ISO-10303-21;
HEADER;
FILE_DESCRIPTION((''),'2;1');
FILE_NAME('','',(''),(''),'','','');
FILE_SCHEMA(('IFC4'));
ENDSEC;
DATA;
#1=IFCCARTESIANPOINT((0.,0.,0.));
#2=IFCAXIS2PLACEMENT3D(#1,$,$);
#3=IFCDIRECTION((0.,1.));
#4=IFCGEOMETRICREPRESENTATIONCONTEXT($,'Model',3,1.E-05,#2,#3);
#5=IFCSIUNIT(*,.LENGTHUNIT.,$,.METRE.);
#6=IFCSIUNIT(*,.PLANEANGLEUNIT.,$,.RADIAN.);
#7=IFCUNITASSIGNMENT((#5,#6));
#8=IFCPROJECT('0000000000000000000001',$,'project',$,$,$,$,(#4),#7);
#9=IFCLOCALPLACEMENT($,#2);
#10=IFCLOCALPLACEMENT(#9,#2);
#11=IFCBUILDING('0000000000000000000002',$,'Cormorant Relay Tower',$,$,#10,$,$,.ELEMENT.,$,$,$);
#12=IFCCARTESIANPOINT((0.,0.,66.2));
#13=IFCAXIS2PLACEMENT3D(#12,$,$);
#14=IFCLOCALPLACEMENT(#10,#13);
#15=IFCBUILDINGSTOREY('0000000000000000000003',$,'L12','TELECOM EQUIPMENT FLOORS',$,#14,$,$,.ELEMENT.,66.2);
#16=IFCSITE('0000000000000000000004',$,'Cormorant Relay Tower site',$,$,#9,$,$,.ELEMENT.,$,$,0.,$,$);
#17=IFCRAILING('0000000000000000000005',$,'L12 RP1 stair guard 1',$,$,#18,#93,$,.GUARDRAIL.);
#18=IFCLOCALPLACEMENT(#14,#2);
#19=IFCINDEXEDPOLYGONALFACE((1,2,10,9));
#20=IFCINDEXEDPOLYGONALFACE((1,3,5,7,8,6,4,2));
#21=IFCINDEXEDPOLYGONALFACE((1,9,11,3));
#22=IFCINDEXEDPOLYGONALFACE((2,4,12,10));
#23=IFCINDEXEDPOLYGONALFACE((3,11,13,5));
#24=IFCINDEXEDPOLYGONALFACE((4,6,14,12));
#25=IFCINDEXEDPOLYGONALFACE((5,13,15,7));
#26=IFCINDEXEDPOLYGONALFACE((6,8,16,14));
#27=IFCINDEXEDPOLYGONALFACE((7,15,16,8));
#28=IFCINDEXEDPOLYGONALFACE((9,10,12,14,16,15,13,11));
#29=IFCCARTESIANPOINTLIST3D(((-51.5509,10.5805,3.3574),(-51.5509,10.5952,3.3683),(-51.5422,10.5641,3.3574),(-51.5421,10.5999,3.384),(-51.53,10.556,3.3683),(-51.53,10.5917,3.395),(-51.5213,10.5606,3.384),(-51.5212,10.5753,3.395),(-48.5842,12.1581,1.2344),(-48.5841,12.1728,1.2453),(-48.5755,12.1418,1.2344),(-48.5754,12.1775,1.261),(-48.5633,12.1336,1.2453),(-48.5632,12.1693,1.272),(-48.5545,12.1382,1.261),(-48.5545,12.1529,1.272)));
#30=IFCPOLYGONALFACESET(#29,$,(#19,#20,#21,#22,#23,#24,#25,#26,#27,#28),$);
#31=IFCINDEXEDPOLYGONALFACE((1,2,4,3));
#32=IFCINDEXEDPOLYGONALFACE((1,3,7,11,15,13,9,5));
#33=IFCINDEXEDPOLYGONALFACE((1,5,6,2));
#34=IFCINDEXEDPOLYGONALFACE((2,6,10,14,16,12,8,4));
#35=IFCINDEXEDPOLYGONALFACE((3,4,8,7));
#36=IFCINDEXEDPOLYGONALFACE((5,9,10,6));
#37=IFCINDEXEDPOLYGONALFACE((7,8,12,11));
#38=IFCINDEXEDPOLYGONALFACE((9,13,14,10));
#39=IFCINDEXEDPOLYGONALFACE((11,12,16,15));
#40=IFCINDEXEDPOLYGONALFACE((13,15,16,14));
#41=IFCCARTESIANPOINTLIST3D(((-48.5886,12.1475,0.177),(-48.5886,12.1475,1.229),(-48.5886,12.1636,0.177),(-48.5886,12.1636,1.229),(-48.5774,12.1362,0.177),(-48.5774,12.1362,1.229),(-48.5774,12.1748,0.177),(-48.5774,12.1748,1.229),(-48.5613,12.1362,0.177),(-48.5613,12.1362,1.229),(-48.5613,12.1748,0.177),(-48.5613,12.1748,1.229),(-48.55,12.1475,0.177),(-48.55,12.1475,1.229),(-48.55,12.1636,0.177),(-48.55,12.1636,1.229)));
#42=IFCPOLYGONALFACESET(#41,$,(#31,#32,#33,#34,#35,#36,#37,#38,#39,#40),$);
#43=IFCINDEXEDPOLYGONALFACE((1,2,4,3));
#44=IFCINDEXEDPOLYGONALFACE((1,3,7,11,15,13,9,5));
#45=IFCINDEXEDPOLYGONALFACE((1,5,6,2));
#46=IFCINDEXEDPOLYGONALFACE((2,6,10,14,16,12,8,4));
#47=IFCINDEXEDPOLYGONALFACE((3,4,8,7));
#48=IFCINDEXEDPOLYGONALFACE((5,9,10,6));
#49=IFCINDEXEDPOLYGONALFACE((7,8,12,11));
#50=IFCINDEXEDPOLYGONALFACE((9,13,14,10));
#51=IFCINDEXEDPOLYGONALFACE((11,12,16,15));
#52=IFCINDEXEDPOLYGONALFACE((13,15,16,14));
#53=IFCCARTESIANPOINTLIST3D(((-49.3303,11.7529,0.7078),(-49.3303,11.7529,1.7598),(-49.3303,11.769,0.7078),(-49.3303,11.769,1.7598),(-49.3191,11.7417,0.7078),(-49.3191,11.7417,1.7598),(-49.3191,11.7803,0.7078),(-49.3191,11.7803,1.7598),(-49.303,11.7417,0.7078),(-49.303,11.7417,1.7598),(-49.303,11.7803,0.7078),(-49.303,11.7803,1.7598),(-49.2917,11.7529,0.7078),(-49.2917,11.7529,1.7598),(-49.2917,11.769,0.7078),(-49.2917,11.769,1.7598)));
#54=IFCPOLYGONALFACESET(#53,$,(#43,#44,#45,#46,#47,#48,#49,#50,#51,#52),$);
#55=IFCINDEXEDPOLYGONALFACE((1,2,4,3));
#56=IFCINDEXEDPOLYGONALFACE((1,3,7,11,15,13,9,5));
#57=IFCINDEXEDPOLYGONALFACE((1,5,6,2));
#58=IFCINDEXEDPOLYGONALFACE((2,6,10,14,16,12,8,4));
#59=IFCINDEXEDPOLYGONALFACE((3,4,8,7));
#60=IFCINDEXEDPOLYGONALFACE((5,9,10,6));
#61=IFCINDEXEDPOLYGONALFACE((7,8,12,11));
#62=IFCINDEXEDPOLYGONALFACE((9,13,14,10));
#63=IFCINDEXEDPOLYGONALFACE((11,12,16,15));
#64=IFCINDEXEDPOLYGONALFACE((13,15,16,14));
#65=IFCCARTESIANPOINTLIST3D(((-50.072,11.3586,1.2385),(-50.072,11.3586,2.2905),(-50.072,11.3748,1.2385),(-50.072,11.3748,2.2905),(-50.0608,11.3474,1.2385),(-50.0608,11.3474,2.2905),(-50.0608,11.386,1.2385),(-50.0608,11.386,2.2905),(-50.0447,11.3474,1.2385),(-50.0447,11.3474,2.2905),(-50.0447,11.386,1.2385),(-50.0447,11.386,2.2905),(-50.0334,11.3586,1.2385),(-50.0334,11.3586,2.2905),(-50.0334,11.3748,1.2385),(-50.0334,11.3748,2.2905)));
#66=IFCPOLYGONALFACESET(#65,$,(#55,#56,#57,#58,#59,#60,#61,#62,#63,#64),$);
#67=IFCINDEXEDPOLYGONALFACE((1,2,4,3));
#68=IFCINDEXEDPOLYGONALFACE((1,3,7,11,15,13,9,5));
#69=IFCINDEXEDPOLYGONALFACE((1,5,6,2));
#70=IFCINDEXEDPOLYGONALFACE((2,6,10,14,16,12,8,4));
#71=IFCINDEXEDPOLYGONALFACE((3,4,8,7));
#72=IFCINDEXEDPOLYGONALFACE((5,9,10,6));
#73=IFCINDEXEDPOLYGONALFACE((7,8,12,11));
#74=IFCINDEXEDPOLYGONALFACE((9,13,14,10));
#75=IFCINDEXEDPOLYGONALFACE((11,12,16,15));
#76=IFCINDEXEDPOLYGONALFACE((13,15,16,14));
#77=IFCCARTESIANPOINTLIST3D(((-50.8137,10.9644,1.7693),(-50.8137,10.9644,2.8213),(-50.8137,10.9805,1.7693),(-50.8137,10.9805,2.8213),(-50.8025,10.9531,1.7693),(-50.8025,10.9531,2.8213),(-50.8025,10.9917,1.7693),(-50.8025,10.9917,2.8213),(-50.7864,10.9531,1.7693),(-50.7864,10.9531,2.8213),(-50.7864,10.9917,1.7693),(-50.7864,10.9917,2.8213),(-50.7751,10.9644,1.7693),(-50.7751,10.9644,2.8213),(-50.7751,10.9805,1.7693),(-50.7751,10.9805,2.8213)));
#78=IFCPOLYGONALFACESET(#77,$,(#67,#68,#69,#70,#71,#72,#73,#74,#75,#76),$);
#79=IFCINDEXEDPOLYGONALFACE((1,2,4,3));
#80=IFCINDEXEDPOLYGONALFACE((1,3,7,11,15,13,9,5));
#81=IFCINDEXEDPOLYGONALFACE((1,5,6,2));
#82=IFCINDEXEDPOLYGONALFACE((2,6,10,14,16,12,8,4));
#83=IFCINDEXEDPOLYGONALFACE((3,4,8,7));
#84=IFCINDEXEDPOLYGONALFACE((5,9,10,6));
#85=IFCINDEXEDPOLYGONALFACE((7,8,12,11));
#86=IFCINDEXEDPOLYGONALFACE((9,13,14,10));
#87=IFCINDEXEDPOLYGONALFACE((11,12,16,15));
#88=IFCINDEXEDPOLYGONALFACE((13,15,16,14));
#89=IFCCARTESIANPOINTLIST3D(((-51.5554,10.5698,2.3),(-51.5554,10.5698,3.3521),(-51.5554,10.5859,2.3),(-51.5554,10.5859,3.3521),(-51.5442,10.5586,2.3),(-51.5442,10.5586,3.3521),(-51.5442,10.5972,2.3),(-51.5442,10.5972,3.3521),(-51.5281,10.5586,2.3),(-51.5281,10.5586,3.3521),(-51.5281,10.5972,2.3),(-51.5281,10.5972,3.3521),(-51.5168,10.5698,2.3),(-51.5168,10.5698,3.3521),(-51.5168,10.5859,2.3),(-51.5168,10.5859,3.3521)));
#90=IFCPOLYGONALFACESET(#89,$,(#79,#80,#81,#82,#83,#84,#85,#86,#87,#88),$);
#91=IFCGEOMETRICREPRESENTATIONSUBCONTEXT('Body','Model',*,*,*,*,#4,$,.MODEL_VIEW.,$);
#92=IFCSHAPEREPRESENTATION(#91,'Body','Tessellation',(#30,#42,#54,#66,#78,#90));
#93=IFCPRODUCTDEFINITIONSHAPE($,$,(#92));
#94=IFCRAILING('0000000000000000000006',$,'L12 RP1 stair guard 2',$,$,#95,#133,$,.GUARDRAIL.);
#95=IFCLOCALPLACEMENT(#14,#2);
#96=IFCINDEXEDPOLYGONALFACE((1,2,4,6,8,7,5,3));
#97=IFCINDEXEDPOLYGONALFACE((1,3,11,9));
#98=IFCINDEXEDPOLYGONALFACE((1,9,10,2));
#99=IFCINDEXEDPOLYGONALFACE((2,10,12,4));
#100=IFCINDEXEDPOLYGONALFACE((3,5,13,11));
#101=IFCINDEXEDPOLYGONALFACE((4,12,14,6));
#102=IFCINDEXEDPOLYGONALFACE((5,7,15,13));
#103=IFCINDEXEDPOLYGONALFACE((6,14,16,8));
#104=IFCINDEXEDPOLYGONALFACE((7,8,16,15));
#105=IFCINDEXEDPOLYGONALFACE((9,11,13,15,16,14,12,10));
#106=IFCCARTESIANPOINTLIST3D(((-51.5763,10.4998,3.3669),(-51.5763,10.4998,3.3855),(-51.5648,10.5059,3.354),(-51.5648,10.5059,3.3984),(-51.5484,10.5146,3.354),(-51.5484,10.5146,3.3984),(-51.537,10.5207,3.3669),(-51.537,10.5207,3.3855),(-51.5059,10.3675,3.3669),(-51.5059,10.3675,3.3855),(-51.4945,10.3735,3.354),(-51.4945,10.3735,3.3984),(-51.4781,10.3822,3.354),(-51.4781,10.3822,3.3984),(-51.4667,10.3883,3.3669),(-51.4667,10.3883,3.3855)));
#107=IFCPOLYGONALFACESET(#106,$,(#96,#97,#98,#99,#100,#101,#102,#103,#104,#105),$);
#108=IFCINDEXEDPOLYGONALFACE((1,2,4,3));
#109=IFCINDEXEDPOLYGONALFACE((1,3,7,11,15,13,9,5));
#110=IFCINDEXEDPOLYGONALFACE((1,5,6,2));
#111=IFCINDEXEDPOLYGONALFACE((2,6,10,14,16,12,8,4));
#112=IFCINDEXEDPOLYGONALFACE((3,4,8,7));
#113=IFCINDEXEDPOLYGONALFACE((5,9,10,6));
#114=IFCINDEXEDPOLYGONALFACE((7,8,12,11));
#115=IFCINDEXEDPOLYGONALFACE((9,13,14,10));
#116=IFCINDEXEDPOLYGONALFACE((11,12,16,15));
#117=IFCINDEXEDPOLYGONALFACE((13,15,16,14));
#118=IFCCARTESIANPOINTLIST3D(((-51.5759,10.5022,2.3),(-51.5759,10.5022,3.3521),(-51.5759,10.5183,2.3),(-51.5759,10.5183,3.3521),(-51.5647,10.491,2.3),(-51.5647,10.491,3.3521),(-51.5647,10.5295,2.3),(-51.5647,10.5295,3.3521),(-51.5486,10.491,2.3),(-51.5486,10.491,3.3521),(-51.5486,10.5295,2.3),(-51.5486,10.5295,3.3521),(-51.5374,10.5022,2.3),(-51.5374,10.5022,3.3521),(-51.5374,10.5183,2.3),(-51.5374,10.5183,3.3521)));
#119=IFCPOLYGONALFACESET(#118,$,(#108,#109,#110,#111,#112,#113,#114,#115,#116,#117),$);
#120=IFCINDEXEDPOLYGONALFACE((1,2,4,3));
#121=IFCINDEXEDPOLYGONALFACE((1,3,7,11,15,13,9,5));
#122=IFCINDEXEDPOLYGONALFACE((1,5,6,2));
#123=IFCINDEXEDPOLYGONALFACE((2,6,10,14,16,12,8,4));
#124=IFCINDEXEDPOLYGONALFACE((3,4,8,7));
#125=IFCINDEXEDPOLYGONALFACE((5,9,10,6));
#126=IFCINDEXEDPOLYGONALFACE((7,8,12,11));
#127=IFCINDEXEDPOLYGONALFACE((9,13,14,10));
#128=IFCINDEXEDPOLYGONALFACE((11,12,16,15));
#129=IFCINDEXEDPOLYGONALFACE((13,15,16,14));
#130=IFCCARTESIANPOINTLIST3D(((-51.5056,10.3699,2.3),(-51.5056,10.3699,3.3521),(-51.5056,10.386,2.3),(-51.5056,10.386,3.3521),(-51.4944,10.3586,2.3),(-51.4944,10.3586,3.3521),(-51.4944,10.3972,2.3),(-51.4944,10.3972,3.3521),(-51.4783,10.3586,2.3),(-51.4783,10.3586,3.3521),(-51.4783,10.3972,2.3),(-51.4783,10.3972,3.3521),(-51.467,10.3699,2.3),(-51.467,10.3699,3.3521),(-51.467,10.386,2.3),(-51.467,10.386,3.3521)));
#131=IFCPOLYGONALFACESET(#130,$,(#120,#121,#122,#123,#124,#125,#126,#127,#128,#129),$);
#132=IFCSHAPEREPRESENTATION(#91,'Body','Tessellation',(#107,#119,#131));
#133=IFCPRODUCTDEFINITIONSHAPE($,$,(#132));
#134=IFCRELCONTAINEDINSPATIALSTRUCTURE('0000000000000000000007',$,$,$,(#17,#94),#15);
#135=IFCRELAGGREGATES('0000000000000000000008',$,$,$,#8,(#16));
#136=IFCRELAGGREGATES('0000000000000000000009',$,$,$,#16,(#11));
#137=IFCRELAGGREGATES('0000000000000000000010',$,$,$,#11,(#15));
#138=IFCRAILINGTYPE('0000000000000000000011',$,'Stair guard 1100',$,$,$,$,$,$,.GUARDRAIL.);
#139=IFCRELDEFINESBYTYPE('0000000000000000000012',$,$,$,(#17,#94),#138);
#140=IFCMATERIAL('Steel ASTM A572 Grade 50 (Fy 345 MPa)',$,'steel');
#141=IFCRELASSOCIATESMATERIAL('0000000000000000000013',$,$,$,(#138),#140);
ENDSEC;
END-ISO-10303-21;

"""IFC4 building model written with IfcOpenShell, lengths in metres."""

from ifc_helpers import new_model, si_unit, direction, frame, origin, place, context, subcontext, project, spatial, polyline, outline, extrude, material, type_object, element, save


model = new_model("IFC4")

# Units and contexts
model_context = context("Model", 3, precision=1e-05, world=origin(), true_north=direction((0.0, 1.0)))
body_context = subcontext(model_context, "Body", "Model", "MODEL_VIEW")
ifc_project = project(units=[si_unit("LENGTHUNIT", "METRE"), si_unit("PLANEANGLEUNIT", "RADIAN")], contexts=[model_context])

# Site, building, storey
site_placement = place(None, origin())
site = spatial("IfcSite", under=ifc_project, at=site_placement, Name="Cormorant Relay Tower site", CompositionType="ELEMENT", RefElevation=0.0)
building_placement = place(site_placement, origin())
building = spatial("IfcBuilding", under=site, at=building_placement, Name="Cormorant Relay Tower", CompositionType="ELEMENT")
storey_placement = place(building_placement, frame((0.0, 0.0, 66.2)))
storey = spatial("IfcBuildingStorey", under=building, at=storey_placement, Name="L12", Description="TELECOM EQUIPMENT FLOORS", CompositionType="ELEMENT", Elevation=66.2)

# Railings
ifc_material_1 = material(Name="Steel ASTM A572 Grade 50 (Fy 345 MPa)", Category="steel")
railing_type_1 = type_object("IfcRailingType", Name="Stair guard 1100", PredefinedType="GUARDRAIL", material=ifc_material_1)
railing_1_placement = place(storey_placement, frame((-48.5693, 12.1555, 0.177)))
element("IfcRailing", 1, at=railing_1_placement, inside=storey, type_object=railing_type_1, Name="L12 RP1 stair guard 1", PredefinedType="GUARDRAIL", context=body_context, shape_type="SweptSolid", body=[
    extrude(outline(polyline([(0.0222, 0.0093), (0.0093, 0.0222), (-0.0093, 0.0222), (-0.0222, 0.0093), (-0.0222, -0.0093), (-0.0093, -0.0222), (0.0093, -0.0222), (0.0222, -0.0093), (0.0222, 0.0093)])), frame((0.0, 0.0, 1.0762), z_axis=(-0.746422, -0.396921, 0.534142), x_axis=(0.469509, -0.882928, 0.0)), (0.0, 0.0, 1.0), 3.9746),
    extrude(outline(polyline([(0.0193, 0.0081), (0.0081, 0.0193), (-0.0081, 0.0193), (-0.0193, 0.0081), (-0.0193, -0.0081), (-0.0081, -0.0193), (0.0081, -0.0193), (0.0193, -0.0081), (0.0193, 0.0081)])), origin(), (0.0, 0.0, 1.0), 1.052),
    extrude(outline(polyline([(0.0193, 0.0081), (0.0081, 0.0193), (-0.0081, 0.0193), (-0.0193, 0.0081), (-0.0193, -0.0081), (-0.0081, -0.0193), (0.0081, -0.0193), (0.0193, -0.0081), (0.0193, 0.0081)])), frame((-0.7417, -0.3945, 0.5308)), (0.0, 0.0, 1.0), 1.052),
    extrude(outline(polyline([(0.0193, 0.0081), (0.0081, 0.0193), (-0.0081, 0.0193), (-0.0193, 0.0081), (-0.0193, -0.0081), (-0.0081, -0.0193), (0.0081, -0.0193), (0.0193, -0.0081), (0.0193, 0.0081)])), frame((-1.4834, -0.7888, 1.0615)), (0.0, 0.0, 1.0), 1.052),
    extrude(outline(polyline([(0.0193, 0.0081), (0.0081, 0.0193), (-0.0081, 0.0193), (-0.0193, 0.0081), (-0.0193, -0.0081), (-0.0081, -0.0193), (0.0081, -0.0193), (0.0193, -0.0081), (0.0193, 0.0081)])), frame((-2.2251, -1.1831, 1.5923)), (0.0, 0.0, 1.0), 1.052),
    extrude(outline(polyline([(0.0193, 0.0081), (0.0081, 0.0193), (-0.0081, 0.0193), (-0.0193, 0.0081), (-0.0193, -0.0081), (-0.0081, -0.0193), (0.0081, -0.0193), (0.0193, -0.0081), (0.0193, 0.0081)])), frame((-2.9668, -1.5776, 2.123)), (0.0, 0.0, 1.0), 1.052),
])
railing_2_placement = place(storey_placement, frame((-51.5566, 10.5103, 2.3)))
element("IfcRailing", 2, at=railing_2_placement, inside=storey, type_object=railing_type_1, Name="L12 RP1 stair guard 2", PredefinedType="GUARDRAIL", context=body_context, shape_type="SweptSolid", body=[
    extrude(outline(polyline([(0.0222, 0.0093), (0.0093, 0.0222), (-0.0093, 0.0222), (-0.0222, 0.0093), (-0.0222, -0.0093), (-0.0093, -0.0222), (0.0093, -0.0222), (0.0222, -0.0093), (0.0222, 0.0093)])), frame((0.0, 0.0, 1.0762), z_axis=(0.469235, -0.883074, 0.0), x_axis=(0.883074, 0.469235, 0.0)), (0.0, 0.0, 1.0), 0.1499),
    extrude(outline(polyline([(0.0193, 0.0081), (0.0081, 0.0193), (-0.0081, 0.0193), (-0.0193, 0.0081), (-0.0193, -0.0081), (-0.0081, -0.0193), (0.0081, -0.0193), (0.0193, -0.0081), (0.0193, 0.0081)])), origin(), (0.0, 0.0, 1.0), 1.052),
    extrude(outline(polyline([(0.0193, 0.0081), (0.0081, 0.0193), (-0.0081, 0.0193), (-0.0193, 0.0081), (-0.0193, -0.0081), (-0.0081, -0.0193), (0.0081, -0.0193), (0.0193, -0.0081), (0.0193, 0.0081)])), frame((0.0703, -0.1323, 0.0)), (0.0, 0.0, 1.0), 1.052),
])

save(model, "model.ifc")
